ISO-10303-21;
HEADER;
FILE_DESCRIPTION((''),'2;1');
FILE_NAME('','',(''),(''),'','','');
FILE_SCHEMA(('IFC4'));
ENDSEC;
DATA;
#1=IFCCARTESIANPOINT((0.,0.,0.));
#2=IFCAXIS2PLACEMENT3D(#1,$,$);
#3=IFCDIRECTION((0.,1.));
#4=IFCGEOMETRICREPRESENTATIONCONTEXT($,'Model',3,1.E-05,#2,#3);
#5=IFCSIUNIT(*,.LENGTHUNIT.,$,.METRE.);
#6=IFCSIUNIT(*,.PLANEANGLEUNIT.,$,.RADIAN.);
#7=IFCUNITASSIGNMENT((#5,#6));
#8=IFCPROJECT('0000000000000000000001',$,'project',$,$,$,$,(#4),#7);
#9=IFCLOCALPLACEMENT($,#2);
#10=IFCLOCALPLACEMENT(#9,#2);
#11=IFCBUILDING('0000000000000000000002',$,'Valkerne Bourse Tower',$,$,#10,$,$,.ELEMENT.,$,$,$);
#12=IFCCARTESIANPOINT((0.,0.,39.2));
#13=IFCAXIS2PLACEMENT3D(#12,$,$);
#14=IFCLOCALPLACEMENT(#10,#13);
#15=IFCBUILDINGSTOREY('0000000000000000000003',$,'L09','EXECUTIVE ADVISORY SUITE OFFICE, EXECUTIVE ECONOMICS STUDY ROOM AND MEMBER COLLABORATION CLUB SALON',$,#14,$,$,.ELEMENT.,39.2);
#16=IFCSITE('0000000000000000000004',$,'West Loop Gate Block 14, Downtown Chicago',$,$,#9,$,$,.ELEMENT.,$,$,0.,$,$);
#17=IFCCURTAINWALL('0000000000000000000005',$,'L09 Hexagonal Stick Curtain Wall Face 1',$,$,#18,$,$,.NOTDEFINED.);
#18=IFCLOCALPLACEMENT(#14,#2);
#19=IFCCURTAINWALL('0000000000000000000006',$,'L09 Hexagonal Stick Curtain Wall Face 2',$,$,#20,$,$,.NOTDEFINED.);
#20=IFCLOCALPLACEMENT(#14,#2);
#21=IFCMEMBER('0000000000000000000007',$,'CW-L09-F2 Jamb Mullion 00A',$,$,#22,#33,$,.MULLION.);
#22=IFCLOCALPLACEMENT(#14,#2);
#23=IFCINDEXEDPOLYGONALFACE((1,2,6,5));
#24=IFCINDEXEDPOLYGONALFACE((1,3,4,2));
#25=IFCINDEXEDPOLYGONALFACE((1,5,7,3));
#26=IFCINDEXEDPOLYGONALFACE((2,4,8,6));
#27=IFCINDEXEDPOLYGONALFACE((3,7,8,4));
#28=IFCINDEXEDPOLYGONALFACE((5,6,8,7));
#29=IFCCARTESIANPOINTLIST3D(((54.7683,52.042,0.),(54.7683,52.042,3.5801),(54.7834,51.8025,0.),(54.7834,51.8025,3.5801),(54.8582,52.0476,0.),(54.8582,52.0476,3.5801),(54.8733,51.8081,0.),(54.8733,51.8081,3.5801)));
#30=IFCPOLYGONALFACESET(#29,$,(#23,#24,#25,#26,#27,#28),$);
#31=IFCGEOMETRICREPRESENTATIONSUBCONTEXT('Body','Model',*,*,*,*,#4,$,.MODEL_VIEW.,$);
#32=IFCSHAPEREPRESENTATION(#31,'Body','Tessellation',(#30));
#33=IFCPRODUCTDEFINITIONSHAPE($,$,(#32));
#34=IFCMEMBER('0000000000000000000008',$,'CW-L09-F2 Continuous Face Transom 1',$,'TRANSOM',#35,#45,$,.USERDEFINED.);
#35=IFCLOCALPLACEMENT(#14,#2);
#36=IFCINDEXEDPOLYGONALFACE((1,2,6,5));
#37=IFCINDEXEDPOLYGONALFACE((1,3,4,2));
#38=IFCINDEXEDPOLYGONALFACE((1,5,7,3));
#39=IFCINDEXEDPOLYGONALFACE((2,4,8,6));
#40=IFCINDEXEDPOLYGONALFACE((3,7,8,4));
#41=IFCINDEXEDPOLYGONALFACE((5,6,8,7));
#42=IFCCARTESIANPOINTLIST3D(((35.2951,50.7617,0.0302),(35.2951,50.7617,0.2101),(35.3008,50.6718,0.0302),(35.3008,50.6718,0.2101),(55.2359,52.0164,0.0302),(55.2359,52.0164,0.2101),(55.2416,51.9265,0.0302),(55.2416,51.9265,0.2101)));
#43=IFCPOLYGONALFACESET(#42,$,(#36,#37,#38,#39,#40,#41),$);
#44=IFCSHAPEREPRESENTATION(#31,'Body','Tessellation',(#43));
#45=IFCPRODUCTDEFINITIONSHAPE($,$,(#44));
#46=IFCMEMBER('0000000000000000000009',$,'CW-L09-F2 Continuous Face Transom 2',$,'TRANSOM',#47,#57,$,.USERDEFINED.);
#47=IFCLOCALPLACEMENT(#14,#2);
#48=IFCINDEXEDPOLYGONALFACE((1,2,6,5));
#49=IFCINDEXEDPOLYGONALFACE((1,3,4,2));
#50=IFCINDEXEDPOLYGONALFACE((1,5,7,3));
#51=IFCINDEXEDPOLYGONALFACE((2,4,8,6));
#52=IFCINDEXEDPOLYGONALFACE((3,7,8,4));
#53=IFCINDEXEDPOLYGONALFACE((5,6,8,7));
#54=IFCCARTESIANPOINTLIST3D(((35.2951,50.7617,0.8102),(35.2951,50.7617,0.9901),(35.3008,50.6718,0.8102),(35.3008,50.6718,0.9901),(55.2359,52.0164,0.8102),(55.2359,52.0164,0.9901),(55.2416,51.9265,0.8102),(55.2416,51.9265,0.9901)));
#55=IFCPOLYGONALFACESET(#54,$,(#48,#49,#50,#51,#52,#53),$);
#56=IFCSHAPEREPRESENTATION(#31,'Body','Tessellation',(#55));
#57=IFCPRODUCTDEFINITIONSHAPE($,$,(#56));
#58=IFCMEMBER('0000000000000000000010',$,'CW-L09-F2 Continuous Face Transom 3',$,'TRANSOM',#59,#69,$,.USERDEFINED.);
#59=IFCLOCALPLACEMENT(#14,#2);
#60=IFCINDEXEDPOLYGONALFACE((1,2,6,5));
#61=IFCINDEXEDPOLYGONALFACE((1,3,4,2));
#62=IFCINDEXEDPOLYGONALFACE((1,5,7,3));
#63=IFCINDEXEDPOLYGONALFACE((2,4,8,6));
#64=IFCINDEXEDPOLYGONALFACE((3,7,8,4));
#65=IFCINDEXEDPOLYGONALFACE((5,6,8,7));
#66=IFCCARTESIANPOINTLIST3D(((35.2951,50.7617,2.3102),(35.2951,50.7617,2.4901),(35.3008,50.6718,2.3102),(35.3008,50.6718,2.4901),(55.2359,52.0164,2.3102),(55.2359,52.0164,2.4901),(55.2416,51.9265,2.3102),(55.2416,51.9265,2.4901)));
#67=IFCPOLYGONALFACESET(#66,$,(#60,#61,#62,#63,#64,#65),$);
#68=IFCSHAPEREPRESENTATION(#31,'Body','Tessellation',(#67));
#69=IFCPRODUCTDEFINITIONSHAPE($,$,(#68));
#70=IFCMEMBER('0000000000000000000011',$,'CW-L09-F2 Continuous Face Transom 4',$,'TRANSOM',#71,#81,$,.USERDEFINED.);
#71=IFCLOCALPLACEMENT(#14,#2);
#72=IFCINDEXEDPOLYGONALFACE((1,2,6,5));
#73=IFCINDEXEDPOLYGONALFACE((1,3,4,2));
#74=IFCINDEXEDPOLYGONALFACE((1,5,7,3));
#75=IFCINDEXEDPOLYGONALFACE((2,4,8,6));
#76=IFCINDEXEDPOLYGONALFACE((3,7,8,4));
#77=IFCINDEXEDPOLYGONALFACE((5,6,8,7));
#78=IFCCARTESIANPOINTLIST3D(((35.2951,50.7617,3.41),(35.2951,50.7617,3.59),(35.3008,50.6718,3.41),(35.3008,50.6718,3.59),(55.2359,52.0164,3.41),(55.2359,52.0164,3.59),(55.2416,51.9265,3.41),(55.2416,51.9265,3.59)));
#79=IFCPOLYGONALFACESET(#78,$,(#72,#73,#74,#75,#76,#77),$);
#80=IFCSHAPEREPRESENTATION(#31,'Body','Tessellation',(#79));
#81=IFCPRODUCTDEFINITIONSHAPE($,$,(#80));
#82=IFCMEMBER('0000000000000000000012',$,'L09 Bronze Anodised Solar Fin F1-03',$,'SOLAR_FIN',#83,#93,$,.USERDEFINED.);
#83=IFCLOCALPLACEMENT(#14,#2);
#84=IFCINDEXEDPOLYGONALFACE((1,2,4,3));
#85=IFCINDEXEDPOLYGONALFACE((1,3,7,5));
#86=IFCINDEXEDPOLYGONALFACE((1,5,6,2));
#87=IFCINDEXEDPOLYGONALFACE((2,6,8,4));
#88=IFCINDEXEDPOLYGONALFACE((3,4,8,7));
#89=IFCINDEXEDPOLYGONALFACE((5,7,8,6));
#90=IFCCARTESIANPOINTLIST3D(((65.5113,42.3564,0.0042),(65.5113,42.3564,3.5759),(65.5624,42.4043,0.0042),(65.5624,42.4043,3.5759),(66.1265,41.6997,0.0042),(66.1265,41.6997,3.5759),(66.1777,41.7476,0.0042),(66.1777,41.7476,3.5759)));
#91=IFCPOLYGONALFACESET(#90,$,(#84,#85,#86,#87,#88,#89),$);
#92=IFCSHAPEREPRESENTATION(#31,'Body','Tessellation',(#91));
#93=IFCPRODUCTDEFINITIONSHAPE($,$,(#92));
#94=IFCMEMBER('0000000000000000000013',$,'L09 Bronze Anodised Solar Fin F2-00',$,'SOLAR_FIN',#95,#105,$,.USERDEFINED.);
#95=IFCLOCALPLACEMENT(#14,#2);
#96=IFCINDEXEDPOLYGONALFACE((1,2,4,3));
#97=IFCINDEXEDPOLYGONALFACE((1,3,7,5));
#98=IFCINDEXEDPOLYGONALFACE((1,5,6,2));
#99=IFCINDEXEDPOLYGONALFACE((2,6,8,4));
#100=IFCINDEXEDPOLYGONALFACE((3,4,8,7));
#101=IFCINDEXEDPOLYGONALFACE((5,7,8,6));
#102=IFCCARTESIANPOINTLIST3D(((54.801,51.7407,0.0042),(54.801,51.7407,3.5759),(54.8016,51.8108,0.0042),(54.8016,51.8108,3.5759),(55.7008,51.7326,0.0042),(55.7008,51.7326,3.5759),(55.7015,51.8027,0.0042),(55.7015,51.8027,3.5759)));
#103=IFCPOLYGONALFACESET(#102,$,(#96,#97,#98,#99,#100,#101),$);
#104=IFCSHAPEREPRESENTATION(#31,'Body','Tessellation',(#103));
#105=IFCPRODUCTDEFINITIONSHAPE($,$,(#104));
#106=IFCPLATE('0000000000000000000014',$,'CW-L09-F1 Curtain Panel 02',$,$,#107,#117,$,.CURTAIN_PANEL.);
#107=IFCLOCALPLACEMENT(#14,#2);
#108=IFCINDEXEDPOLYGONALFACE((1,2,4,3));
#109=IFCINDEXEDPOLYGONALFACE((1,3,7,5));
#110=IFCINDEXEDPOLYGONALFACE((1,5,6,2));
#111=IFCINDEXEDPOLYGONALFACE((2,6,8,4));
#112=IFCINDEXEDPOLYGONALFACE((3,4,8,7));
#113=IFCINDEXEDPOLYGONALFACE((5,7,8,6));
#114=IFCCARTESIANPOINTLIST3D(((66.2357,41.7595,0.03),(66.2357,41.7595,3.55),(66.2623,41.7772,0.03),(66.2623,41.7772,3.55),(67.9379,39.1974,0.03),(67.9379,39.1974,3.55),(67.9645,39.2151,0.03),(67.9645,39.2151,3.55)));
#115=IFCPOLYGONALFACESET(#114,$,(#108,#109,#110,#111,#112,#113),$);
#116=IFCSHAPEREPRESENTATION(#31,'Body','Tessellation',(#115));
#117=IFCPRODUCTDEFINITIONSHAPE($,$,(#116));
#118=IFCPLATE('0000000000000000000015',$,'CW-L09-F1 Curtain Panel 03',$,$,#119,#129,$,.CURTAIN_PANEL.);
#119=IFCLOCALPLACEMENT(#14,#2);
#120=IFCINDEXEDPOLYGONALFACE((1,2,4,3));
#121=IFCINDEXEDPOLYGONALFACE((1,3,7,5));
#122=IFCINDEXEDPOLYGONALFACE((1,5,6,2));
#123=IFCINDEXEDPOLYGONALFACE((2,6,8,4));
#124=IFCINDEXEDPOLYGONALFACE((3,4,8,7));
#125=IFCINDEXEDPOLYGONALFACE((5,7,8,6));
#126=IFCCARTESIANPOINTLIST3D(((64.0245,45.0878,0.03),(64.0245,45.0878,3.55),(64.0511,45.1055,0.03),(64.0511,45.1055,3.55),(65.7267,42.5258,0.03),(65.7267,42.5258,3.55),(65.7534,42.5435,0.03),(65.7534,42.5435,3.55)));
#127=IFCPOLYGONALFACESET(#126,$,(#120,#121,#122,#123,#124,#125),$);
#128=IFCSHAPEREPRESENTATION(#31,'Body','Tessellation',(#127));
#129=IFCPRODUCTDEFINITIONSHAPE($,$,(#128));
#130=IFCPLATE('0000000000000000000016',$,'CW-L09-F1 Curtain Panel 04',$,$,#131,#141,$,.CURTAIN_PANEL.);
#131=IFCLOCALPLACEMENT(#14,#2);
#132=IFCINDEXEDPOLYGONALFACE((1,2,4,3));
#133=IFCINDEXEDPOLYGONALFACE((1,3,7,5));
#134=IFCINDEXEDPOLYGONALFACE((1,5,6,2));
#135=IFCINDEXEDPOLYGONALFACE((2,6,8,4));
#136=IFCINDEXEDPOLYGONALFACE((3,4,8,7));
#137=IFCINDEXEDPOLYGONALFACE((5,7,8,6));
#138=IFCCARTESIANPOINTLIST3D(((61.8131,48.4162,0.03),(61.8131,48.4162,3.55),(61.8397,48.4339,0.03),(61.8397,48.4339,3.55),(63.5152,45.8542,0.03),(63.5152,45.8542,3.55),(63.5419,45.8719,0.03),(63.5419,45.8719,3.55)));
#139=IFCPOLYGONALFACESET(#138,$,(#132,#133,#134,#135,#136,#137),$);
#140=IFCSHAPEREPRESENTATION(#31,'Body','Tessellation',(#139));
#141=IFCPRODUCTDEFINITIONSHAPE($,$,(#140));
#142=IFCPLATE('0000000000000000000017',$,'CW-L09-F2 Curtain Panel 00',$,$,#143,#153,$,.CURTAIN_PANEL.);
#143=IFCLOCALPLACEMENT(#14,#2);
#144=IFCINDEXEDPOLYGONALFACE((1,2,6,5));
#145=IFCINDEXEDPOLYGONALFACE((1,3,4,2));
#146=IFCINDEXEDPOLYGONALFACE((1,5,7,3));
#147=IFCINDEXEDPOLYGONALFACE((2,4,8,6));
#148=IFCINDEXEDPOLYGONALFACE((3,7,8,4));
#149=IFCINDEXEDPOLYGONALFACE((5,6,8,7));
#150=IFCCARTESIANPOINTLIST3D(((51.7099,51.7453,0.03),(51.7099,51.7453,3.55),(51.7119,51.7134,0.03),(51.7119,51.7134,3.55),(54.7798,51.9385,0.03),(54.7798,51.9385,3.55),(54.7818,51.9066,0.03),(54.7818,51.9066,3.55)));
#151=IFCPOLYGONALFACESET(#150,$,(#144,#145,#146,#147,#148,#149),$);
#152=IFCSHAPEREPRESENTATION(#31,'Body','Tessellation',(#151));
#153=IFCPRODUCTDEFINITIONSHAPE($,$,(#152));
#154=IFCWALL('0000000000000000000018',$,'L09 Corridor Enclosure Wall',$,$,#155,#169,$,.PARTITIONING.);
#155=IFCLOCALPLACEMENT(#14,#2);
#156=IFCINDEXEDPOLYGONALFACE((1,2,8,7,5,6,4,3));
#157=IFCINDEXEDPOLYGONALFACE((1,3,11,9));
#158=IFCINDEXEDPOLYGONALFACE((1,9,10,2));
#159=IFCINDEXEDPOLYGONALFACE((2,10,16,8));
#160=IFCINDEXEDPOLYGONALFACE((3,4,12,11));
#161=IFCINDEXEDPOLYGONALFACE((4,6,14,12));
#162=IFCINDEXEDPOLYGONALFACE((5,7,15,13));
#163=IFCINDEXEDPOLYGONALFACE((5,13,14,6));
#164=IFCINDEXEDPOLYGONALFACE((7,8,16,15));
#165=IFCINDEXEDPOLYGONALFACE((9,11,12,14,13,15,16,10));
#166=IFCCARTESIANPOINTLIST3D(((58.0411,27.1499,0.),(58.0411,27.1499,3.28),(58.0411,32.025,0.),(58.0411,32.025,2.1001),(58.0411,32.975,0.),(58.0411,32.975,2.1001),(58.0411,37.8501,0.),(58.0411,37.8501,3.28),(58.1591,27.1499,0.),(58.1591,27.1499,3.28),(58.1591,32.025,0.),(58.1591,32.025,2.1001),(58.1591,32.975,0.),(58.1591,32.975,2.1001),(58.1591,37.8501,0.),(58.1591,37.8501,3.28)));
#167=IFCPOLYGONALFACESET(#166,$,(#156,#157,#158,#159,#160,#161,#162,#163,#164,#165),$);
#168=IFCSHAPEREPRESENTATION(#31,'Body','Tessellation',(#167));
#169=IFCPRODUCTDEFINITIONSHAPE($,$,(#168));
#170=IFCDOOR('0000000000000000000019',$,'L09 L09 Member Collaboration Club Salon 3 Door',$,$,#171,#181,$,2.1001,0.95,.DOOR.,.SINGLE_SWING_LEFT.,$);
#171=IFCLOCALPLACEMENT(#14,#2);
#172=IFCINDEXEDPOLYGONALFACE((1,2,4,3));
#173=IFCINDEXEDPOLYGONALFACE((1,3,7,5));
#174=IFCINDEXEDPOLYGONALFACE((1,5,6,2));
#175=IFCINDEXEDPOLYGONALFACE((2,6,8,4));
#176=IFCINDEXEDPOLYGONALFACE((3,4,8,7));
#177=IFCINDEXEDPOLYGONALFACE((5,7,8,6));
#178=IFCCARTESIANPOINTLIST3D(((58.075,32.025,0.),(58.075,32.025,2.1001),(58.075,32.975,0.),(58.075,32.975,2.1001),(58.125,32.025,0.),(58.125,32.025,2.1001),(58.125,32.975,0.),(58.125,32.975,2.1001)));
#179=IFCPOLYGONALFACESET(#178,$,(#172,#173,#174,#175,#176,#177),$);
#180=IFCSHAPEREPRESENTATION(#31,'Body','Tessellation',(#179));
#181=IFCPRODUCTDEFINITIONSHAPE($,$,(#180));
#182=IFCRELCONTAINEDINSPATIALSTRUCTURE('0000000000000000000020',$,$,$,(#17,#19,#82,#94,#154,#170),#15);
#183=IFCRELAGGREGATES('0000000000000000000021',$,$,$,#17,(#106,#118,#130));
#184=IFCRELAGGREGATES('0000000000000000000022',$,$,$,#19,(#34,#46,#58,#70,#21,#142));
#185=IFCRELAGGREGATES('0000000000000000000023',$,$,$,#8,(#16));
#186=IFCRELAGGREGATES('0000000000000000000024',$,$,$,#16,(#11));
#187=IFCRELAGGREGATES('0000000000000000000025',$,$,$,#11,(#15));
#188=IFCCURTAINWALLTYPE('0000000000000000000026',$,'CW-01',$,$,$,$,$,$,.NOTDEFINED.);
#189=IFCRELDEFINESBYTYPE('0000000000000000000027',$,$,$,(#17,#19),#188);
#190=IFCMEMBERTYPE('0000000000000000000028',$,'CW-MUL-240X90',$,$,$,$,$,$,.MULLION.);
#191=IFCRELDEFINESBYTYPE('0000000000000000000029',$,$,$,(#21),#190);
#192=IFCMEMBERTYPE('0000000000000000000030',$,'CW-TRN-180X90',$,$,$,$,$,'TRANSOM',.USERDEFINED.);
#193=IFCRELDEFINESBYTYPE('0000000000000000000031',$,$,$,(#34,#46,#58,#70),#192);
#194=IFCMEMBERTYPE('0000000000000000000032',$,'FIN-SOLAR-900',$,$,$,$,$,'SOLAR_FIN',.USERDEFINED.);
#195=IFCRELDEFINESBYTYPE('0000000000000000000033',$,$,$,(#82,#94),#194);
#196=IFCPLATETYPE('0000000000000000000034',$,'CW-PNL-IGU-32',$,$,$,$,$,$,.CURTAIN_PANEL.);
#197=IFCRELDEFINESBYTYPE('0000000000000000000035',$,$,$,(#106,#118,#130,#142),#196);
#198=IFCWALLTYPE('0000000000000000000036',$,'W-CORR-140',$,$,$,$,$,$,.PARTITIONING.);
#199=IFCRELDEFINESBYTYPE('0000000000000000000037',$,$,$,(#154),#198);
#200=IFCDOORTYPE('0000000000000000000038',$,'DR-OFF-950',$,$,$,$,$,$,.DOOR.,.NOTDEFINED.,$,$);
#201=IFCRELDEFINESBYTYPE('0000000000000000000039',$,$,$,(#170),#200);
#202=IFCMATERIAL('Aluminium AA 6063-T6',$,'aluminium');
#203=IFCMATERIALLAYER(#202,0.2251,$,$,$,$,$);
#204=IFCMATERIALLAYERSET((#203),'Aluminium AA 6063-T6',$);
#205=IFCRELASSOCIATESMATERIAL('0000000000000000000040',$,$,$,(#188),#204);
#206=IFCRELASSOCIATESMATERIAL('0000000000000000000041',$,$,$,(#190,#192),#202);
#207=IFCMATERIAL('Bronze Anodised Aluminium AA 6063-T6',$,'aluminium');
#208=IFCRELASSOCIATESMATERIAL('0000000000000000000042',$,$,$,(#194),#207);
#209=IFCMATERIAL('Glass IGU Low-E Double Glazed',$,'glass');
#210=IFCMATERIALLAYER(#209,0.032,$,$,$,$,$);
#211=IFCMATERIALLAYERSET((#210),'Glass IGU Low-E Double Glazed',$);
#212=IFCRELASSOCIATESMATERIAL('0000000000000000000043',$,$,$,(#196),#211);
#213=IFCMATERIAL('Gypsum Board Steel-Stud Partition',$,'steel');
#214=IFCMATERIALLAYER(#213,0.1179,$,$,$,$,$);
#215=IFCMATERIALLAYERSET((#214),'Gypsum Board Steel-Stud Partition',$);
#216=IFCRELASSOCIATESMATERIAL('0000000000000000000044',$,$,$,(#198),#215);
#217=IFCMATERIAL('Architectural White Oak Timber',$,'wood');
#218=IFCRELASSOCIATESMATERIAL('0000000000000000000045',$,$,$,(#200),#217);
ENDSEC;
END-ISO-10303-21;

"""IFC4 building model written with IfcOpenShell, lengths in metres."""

from ifc_helpers import new_model, si_unit, direction, frame, frame_2d, origin, origin_2d, place, context, subcontext, project, spatial, rectangle, extrude, material, layer, layer_set, material_profile, profile_set, type_object, element, fill, aggregate, save


model = new_model("IFC4")

# Units and contexts
model_context = context("Model", 3, precision=1e-05, world=origin(), true_north=direction((0.0, 1.0)))
body_context = subcontext(model_context, "Body", "Model", "MODEL_VIEW")
ifc_project = project(units=[si_unit("LENGTHUNIT", "METRE"), si_unit("PLANEANGLEUNIT", "RADIAN")], contexts=[model_context])

# Site, building, storey
site_placement = place(None, origin())
site = spatial("IfcSite", under=ifc_project, at=site_placement, Name="West Loop Gate Block 14, Downtown Chicago", CompositionType="ELEMENT", RefElevation=0.0)
building_placement = place(site_placement, origin())
building = spatial("IfcBuilding", under=site, at=building_placement, Name="Valkerne Bourse Tower", CompositionType="ELEMENT")
storey_placement = place(building_placement, frame((0.0, 0.0, 39.2)))
storey = spatial("IfcBuildingStorey", under=building, at=storey_placement, Name="L09", Description="EXECUTIVE ADVISORY SUITE OFFICE, EXECUTIVE ECONOMICS STUDY ROOM AND MEMBER COLLABORATION CLUB SALON", CompositionType="ELEMENT", Elevation=39.2)

# Curtain walls, members
ifc_material_1 = material(Name="Aluminium AA 6063-T6", Category="aluminium")
ifc_layer_1 = layer(ifc_material_1, 0.2251)
ifc_layer_set_1 = layer_set([ifc_layer_1], Name="Aluminium AA 6063-T6")
curtain_wall_type = type_object("IfcCurtainWallType", Name="CW-01", PredefinedType="NOTDEFINED", material=ifc_layer_set_1)
curtain_wall_1_placement = place(storey_placement, origin())
curtain_wall_1 = element("IfcCurtainWall", 1, at=curtain_wall_1_placement, inside=storey, type_object=curtain_wall_type, Name="L09 Hexagonal Stick Curtain Wall Face 1", PredefinedType="NOTDEFINED")
ifc_material_profile_1 = material_profile(ifc_material_1, rectangle(XDim=0.0901, YDim=0.24, at=origin_2d()), Name="CWM-90X240")
ifc_profile_set_1 = profile_set([ifc_material_profile_1], Name="Aluminium AA 6063-T6")
member_type_1 = type_object("IfcMemberType", Name="CW-MUL-240X90", PredefinedType="MULLION", material=ifc_profile_set_1)
curtain_wall_2_placement = place(storey_placement, origin())
curtain_wall_2 = element("IfcCurtainWall", 2, at=curtain_wall_2_placement, inside=storey, type_object=curtain_wall_type, Name="L09 Hexagonal Stick Curtain Wall Face 2", PredefinedType="NOTDEFINED")
member_1_placement = place(storey_placement, frame((54.8208, 51.925, 0.0), z_axis=(0.0, 0.0, 1.0), x_axis=(-0.998025, -0.062813, 0.0)))
member_1 = element("IfcMember", 3, at=member_1_placement, type_object=member_type_1, Name="CW-L09-F2 Jamb Mullion 00A", PredefinedType="MULLION", context=body_context, shape_type="SweptSolid", body=[
    extrude(rectangle(XDim=0.0901, YDim=0.24, at=origin_2d()), origin(), (0.0, 0.0, 1.0), 3.5801),
])
ifc_material_profile_2 = material_profile(ifc_material_1, rectangle(XDim=0.0901, YDim=0.1799, at=origin_2d()), Name="CWT-90X180")
ifc_profile_set_2 = profile_set([ifc_material_profile_2], Name="Aluminium AA 6063-T6")
member_type_2 = type_object("IfcMemberType", Name="CW-TRN-180X90", ElementType="TRANSOM", PredefinedType="USERDEFINED", material=ifc_profile_set_2)
member_2_placement = place(storey_placement, frame((55.2388, 51.9714, 0.1201), z_axis=(-0.998026, -0.062794, 0.0), x_axis=(0.062794, -0.998026, 0.0)))
member_2 = element("IfcMember", 4, at=member_2_placement, type_object=member_type_2, Name="CW-L09-F2 Continuous Face Transom 1", ObjectType="TRANSOM", PredefinedType="USERDEFINED", context=body_context, shape_type="SweptSolid", body=[
    extrude(rectangle(XDim=0.0901, YDim=0.1799, at=origin_2d()), origin(), (0.0, 0.0, 1.0), 19.9802),
])
member_3_placement = place(storey_placement, frame((55.2388, 51.9714, 0.9001), z_axis=(-0.998026, -0.062794, 0.0), x_axis=(0.062794, -0.998026, 0.0)))
member_3 = element("IfcMember", 5, at=member_3_placement, type_object=member_type_2, Name="CW-L09-F2 Continuous Face Transom 2", ObjectType="TRANSOM", PredefinedType="USERDEFINED", context=body_context, shape_type="SweptSolid", body=[
    extrude(rectangle(XDim=0.0901, YDim=0.1799, at=origin_2d()), origin(), (0.0, 0.0, 1.0), 19.9802),
])
member_4_placement = place(storey_placement, frame((55.2388, 51.9714, 2.4001), z_axis=(-0.998026, -0.062794, 0.0), x_axis=(0.062794, -0.998026, 0.0)))
member_4 = element("IfcMember", 6, at=member_4_placement, type_object=member_type_2, Name="CW-L09-F2 Continuous Face Transom 3", ObjectType="TRANSOM", PredefinedType="USERDEFINED", context=body_context, shape_type="SweptSolid", body=[
    extrude(rectangle(XDim=0.0901, YDim=0.1799, at=origin_2d()), origin(), (0.0, 0.0, 1.0), 19.9802),
])
member_5_placement = place(storey_placement, frame((55.2388, 51.9714, 3.5), z_axis=(-0.998026, -0.062794, 0.0), x_axis=(0.062794, -0.998026, 0.0)))
member_5 = element("IfcMember", 7, at=member_5_placement, type_object=member_type_2, Name="CW-L09-F2 Continuous Face Transom 4", ObjectType="TRANSOM", PredefinedType="USERDEFINED", context=body_context, shape_type="SweptSolid", body=[
    extrude(rectangle(XDim=0.0901, YDim=0.1799, at=origin_2d()), origin(), (0.0, 0.0, 1.0), 19.9802),
])

# Members
ifc_material_2 = material(Name="Bronze Anodised Aluminium AA 6063-T6", Category="aluminium")
ifc_material_profile_3 = material_profile(ifc_material_2, rectangle(XDim=0.0701, YDim=0.8999, at=origin_2d()), Name="FIN-70X900")
ifc_profile_set_3 = profile_set([ifc_material_profile_3], Name="Bronze Anodised Aluminium AA 6063-T6")
member_type_3 = type_object("IfcMemberType", Name="FIN-SOLAR-900", ElementType="SOLAR_FIN", PredefinedType="USERDEFINED", material=ifc_profile_set_3)
for number, where, z_axis, x_axis, name in (
    (8, (65.8445, 42.052, 0.0042), (0.0, 0.0, 1.0), (0.729794, 0.683668, 0.0), "L09 Bronze Anodised Solar Fin F1-03"),
    (9, (55.2512, 51.7717, 0.0042), (0.0, 0.0, 1.0), (0.008998, 0.99996, 0.0), "L09 Bronze Anodised Solar Fin F2-00"),
):
    element("IfcMember", number, at=place(storey_placement, frame(where, z_axis=z_axis, x_axis=x_axis)), inside=storey, type_object=member_type_3, Name=name, ObjectType="SOLAR_FIN", PredefinedType="USERDEFINED", context=body_context, shape_type="SweptSolid", body=[
        extrude(rectangle(XDim=0.0701, YDim=0.8999, at=origin_2d()), origin(), (0.0, 0.0, 1.0), 3.5718),
    ])

# Plates
ifc_material_3 = material(Name="Glass IGU Low-E Double Glazed", Category="glass")
ifc_layer_2 = layer(ifc_material_3, 0.032)
ifc_layer_set_2 = layer_set([ifc_layer_2], Name="Glass IGU Low-E Double Glazed")
plate_type = type_object("IfcPlateType", Name="CW-PNL-IGU-32", PredefinedType="CURTAIN_PANEL", material=ifc_layer_set_2)
plate_1_placement = place(storey_placement, frame((67.1001, 40.4873, 0.03), z_axis=(0.0, 0.0, 1.0), x_axis=(-0.553377, 0.832931, 0.0)))
plate_1 = element("IfcPlate", 10, at=plate_1_placement, type_object=plate_type, Name="CW-L09-F1 Curtain Panel 02", PredefinedType="CURTAIN_PANEL", context=body_context, shape_type="SweptSolid", body=[
    extrude(rectangle(XDim=3.0759, YDim=0.032, at=origin_2d()), origin(), (0.0, 0.0, 1.0), 3.52),
])
plate_2_placement = place(storey_placement, frame((64.8889, 43.8157, 0.03), z_axis=(0.0, 0.0, 1.0), x_axis=(-0.553406, 0.832912, 0.0)))
plate_2 = element("IfcPlate", 11, at=plate_2_placement, type_object=plate_type, Name="CW-L09-F1 Curtain Panel 03", PredefinedType="CURTAIN_PANEL", context=body_context, shape_type="SweptSolid", body=[
    extrude(rectangle(XDim=3.0759, YDim=0.032, at=origin_2d()), origin(), (0.0, 0.0, 1.0), 3.52),
])
plate_3_placement = place(storey_placement, frame((62.6775, 47.144, 0.03), z_axis=(0.0, 0.0, 1.0), x_axis=(-0.553377, 0.832931, 0.0)))
plate_3 = element("IfcPlate", 12, at=plate_3_placement, type_object=plate_type, Name="CW-L09-F1 Curtain Panel 04", PredefinedType="CURTAIN_PANEL", context=body_context, shape_type="SweptSolid", body=[
    extrude(rectangle(XDim=3.0759, YDim=0.032, at=origin_2d()), origin(), (0.0, 0.0, 1.0), 3.52),
])
aggregate(curtain_wall_1, [plate_1, plate_2, plate_3])
plate_4_placement = place(storey_placement, frame((53.2458, 51.8259, 0.03), z_axis=(0.0, 0.0, 1.0), x_axis=(-0.998025, -0.062813, 0.0)))
plate_4 = element("IfcPlate", 13, at=plate_4_placement, type_object=plate_type, Name="CW-L09-F2 Curtain Panel 00", PredefinedType="CURTAIN_PANEL", context=body_context, shape_type="SweptSolid", body=[
    extrude(rectangle(XDim=3.0759, YDim=0.032, at=origin_2d()), origin(), (0.0, 0.0, 1.0), 3.52),
])
aggregate(curtain_wall_2, [member_2, member_3, member_4, member_5, member_1, plate_4])

# Wall, opening, door
ifc_material_4 = material(Name="Gypsum Board Steel-Stud Partition", Category="steel")
ifc_layer_3 = layer(ifc_material_4, 0.1179)
ifc_layer_set_3 = layer_set([ifc_layer_3], Name="Gypsum Board Steel-Stud Partition")
wall_type_1 = type_object("IfcWallType", Name="W-CORR-140", PredefinedType="PARTITIONING", material=ifc_layer_set_3)
wall_1_placement = place(storey_placement, frame((58.1001, 37.8501, 0.0), z_axis=(0.0, 0.0, 1.0), x_axis=(0.0, -1.0, 0.0)))
wall_1 = element("IfcWall", 14, at=wall_1_placement, inside=storey, type_object=wall_type_1, Name="L09 Corridor Enclosure Wall", PredefinedType="PARTITIONING", context=body_context, shape_type="SweptSolid", body=[
    extrude(rectangle(XDim=10.7002, YDim=0.1179, at=frame_2d((5.3501, 0.0))), origin(), (0.0, 0.0, 1.0), 3.28),
])
opening_placement = place(wall_1_placement, frame((4.875, 0.0, 0.0)))
opening = element("IfcOpeningElement", 15, at=opening_placement, cuts=wall_1, PredefinedType="OPENING", context=body_context, shape_type="SweptSolid", body=[
    extrude(rectangle(XDim=0.95, YDim=2.1001, at=frame_2d((0.4751, 1.05))), frame((0.0, 0.0688, 0.0), z_axis=(0.0, -1.0, 0.0), x_axis=(1.0, 0.0, 0.0)), (0.0, 0.0, 1.0), 0.1379),
])
ifc_material_5 = material(Name="Architectural White Oak Timber", Category="wood")
door_type = type_object("IfcDoorType", Name="DR-OFF-950", OperationType="NOTDEFINED", PredefinedType="DOOR", material=ifc_material_5)
door_placement = place(opening_placement, origin())
door = element("IfcDoor", 16, at=door_placement, inside=storey, type_object=door_type, Name="L09 L09 Member Collaboration Club Salon 3 Door", OperationType="SINGLE_SWING_LEFT", OverallHeight=2.1001, OverallWidth=0.95, PredefinedType="DOOR", context=body_context, shape_type="SweptSolid", body=[
    extrude(rectangle(XDim=0.95, YDim=2.1001, at=frame_2d((0.4751, 1.05))), frame((0.0, 0.0249, 0.0), z_axis=(0.0, -1.0, 0.0), x_axis=(1.0, 0.0, 0.0)), (0.0, 0.0, 1.0), 0.05),
])
fill(opening, door)

save(model, "model.ifc")
